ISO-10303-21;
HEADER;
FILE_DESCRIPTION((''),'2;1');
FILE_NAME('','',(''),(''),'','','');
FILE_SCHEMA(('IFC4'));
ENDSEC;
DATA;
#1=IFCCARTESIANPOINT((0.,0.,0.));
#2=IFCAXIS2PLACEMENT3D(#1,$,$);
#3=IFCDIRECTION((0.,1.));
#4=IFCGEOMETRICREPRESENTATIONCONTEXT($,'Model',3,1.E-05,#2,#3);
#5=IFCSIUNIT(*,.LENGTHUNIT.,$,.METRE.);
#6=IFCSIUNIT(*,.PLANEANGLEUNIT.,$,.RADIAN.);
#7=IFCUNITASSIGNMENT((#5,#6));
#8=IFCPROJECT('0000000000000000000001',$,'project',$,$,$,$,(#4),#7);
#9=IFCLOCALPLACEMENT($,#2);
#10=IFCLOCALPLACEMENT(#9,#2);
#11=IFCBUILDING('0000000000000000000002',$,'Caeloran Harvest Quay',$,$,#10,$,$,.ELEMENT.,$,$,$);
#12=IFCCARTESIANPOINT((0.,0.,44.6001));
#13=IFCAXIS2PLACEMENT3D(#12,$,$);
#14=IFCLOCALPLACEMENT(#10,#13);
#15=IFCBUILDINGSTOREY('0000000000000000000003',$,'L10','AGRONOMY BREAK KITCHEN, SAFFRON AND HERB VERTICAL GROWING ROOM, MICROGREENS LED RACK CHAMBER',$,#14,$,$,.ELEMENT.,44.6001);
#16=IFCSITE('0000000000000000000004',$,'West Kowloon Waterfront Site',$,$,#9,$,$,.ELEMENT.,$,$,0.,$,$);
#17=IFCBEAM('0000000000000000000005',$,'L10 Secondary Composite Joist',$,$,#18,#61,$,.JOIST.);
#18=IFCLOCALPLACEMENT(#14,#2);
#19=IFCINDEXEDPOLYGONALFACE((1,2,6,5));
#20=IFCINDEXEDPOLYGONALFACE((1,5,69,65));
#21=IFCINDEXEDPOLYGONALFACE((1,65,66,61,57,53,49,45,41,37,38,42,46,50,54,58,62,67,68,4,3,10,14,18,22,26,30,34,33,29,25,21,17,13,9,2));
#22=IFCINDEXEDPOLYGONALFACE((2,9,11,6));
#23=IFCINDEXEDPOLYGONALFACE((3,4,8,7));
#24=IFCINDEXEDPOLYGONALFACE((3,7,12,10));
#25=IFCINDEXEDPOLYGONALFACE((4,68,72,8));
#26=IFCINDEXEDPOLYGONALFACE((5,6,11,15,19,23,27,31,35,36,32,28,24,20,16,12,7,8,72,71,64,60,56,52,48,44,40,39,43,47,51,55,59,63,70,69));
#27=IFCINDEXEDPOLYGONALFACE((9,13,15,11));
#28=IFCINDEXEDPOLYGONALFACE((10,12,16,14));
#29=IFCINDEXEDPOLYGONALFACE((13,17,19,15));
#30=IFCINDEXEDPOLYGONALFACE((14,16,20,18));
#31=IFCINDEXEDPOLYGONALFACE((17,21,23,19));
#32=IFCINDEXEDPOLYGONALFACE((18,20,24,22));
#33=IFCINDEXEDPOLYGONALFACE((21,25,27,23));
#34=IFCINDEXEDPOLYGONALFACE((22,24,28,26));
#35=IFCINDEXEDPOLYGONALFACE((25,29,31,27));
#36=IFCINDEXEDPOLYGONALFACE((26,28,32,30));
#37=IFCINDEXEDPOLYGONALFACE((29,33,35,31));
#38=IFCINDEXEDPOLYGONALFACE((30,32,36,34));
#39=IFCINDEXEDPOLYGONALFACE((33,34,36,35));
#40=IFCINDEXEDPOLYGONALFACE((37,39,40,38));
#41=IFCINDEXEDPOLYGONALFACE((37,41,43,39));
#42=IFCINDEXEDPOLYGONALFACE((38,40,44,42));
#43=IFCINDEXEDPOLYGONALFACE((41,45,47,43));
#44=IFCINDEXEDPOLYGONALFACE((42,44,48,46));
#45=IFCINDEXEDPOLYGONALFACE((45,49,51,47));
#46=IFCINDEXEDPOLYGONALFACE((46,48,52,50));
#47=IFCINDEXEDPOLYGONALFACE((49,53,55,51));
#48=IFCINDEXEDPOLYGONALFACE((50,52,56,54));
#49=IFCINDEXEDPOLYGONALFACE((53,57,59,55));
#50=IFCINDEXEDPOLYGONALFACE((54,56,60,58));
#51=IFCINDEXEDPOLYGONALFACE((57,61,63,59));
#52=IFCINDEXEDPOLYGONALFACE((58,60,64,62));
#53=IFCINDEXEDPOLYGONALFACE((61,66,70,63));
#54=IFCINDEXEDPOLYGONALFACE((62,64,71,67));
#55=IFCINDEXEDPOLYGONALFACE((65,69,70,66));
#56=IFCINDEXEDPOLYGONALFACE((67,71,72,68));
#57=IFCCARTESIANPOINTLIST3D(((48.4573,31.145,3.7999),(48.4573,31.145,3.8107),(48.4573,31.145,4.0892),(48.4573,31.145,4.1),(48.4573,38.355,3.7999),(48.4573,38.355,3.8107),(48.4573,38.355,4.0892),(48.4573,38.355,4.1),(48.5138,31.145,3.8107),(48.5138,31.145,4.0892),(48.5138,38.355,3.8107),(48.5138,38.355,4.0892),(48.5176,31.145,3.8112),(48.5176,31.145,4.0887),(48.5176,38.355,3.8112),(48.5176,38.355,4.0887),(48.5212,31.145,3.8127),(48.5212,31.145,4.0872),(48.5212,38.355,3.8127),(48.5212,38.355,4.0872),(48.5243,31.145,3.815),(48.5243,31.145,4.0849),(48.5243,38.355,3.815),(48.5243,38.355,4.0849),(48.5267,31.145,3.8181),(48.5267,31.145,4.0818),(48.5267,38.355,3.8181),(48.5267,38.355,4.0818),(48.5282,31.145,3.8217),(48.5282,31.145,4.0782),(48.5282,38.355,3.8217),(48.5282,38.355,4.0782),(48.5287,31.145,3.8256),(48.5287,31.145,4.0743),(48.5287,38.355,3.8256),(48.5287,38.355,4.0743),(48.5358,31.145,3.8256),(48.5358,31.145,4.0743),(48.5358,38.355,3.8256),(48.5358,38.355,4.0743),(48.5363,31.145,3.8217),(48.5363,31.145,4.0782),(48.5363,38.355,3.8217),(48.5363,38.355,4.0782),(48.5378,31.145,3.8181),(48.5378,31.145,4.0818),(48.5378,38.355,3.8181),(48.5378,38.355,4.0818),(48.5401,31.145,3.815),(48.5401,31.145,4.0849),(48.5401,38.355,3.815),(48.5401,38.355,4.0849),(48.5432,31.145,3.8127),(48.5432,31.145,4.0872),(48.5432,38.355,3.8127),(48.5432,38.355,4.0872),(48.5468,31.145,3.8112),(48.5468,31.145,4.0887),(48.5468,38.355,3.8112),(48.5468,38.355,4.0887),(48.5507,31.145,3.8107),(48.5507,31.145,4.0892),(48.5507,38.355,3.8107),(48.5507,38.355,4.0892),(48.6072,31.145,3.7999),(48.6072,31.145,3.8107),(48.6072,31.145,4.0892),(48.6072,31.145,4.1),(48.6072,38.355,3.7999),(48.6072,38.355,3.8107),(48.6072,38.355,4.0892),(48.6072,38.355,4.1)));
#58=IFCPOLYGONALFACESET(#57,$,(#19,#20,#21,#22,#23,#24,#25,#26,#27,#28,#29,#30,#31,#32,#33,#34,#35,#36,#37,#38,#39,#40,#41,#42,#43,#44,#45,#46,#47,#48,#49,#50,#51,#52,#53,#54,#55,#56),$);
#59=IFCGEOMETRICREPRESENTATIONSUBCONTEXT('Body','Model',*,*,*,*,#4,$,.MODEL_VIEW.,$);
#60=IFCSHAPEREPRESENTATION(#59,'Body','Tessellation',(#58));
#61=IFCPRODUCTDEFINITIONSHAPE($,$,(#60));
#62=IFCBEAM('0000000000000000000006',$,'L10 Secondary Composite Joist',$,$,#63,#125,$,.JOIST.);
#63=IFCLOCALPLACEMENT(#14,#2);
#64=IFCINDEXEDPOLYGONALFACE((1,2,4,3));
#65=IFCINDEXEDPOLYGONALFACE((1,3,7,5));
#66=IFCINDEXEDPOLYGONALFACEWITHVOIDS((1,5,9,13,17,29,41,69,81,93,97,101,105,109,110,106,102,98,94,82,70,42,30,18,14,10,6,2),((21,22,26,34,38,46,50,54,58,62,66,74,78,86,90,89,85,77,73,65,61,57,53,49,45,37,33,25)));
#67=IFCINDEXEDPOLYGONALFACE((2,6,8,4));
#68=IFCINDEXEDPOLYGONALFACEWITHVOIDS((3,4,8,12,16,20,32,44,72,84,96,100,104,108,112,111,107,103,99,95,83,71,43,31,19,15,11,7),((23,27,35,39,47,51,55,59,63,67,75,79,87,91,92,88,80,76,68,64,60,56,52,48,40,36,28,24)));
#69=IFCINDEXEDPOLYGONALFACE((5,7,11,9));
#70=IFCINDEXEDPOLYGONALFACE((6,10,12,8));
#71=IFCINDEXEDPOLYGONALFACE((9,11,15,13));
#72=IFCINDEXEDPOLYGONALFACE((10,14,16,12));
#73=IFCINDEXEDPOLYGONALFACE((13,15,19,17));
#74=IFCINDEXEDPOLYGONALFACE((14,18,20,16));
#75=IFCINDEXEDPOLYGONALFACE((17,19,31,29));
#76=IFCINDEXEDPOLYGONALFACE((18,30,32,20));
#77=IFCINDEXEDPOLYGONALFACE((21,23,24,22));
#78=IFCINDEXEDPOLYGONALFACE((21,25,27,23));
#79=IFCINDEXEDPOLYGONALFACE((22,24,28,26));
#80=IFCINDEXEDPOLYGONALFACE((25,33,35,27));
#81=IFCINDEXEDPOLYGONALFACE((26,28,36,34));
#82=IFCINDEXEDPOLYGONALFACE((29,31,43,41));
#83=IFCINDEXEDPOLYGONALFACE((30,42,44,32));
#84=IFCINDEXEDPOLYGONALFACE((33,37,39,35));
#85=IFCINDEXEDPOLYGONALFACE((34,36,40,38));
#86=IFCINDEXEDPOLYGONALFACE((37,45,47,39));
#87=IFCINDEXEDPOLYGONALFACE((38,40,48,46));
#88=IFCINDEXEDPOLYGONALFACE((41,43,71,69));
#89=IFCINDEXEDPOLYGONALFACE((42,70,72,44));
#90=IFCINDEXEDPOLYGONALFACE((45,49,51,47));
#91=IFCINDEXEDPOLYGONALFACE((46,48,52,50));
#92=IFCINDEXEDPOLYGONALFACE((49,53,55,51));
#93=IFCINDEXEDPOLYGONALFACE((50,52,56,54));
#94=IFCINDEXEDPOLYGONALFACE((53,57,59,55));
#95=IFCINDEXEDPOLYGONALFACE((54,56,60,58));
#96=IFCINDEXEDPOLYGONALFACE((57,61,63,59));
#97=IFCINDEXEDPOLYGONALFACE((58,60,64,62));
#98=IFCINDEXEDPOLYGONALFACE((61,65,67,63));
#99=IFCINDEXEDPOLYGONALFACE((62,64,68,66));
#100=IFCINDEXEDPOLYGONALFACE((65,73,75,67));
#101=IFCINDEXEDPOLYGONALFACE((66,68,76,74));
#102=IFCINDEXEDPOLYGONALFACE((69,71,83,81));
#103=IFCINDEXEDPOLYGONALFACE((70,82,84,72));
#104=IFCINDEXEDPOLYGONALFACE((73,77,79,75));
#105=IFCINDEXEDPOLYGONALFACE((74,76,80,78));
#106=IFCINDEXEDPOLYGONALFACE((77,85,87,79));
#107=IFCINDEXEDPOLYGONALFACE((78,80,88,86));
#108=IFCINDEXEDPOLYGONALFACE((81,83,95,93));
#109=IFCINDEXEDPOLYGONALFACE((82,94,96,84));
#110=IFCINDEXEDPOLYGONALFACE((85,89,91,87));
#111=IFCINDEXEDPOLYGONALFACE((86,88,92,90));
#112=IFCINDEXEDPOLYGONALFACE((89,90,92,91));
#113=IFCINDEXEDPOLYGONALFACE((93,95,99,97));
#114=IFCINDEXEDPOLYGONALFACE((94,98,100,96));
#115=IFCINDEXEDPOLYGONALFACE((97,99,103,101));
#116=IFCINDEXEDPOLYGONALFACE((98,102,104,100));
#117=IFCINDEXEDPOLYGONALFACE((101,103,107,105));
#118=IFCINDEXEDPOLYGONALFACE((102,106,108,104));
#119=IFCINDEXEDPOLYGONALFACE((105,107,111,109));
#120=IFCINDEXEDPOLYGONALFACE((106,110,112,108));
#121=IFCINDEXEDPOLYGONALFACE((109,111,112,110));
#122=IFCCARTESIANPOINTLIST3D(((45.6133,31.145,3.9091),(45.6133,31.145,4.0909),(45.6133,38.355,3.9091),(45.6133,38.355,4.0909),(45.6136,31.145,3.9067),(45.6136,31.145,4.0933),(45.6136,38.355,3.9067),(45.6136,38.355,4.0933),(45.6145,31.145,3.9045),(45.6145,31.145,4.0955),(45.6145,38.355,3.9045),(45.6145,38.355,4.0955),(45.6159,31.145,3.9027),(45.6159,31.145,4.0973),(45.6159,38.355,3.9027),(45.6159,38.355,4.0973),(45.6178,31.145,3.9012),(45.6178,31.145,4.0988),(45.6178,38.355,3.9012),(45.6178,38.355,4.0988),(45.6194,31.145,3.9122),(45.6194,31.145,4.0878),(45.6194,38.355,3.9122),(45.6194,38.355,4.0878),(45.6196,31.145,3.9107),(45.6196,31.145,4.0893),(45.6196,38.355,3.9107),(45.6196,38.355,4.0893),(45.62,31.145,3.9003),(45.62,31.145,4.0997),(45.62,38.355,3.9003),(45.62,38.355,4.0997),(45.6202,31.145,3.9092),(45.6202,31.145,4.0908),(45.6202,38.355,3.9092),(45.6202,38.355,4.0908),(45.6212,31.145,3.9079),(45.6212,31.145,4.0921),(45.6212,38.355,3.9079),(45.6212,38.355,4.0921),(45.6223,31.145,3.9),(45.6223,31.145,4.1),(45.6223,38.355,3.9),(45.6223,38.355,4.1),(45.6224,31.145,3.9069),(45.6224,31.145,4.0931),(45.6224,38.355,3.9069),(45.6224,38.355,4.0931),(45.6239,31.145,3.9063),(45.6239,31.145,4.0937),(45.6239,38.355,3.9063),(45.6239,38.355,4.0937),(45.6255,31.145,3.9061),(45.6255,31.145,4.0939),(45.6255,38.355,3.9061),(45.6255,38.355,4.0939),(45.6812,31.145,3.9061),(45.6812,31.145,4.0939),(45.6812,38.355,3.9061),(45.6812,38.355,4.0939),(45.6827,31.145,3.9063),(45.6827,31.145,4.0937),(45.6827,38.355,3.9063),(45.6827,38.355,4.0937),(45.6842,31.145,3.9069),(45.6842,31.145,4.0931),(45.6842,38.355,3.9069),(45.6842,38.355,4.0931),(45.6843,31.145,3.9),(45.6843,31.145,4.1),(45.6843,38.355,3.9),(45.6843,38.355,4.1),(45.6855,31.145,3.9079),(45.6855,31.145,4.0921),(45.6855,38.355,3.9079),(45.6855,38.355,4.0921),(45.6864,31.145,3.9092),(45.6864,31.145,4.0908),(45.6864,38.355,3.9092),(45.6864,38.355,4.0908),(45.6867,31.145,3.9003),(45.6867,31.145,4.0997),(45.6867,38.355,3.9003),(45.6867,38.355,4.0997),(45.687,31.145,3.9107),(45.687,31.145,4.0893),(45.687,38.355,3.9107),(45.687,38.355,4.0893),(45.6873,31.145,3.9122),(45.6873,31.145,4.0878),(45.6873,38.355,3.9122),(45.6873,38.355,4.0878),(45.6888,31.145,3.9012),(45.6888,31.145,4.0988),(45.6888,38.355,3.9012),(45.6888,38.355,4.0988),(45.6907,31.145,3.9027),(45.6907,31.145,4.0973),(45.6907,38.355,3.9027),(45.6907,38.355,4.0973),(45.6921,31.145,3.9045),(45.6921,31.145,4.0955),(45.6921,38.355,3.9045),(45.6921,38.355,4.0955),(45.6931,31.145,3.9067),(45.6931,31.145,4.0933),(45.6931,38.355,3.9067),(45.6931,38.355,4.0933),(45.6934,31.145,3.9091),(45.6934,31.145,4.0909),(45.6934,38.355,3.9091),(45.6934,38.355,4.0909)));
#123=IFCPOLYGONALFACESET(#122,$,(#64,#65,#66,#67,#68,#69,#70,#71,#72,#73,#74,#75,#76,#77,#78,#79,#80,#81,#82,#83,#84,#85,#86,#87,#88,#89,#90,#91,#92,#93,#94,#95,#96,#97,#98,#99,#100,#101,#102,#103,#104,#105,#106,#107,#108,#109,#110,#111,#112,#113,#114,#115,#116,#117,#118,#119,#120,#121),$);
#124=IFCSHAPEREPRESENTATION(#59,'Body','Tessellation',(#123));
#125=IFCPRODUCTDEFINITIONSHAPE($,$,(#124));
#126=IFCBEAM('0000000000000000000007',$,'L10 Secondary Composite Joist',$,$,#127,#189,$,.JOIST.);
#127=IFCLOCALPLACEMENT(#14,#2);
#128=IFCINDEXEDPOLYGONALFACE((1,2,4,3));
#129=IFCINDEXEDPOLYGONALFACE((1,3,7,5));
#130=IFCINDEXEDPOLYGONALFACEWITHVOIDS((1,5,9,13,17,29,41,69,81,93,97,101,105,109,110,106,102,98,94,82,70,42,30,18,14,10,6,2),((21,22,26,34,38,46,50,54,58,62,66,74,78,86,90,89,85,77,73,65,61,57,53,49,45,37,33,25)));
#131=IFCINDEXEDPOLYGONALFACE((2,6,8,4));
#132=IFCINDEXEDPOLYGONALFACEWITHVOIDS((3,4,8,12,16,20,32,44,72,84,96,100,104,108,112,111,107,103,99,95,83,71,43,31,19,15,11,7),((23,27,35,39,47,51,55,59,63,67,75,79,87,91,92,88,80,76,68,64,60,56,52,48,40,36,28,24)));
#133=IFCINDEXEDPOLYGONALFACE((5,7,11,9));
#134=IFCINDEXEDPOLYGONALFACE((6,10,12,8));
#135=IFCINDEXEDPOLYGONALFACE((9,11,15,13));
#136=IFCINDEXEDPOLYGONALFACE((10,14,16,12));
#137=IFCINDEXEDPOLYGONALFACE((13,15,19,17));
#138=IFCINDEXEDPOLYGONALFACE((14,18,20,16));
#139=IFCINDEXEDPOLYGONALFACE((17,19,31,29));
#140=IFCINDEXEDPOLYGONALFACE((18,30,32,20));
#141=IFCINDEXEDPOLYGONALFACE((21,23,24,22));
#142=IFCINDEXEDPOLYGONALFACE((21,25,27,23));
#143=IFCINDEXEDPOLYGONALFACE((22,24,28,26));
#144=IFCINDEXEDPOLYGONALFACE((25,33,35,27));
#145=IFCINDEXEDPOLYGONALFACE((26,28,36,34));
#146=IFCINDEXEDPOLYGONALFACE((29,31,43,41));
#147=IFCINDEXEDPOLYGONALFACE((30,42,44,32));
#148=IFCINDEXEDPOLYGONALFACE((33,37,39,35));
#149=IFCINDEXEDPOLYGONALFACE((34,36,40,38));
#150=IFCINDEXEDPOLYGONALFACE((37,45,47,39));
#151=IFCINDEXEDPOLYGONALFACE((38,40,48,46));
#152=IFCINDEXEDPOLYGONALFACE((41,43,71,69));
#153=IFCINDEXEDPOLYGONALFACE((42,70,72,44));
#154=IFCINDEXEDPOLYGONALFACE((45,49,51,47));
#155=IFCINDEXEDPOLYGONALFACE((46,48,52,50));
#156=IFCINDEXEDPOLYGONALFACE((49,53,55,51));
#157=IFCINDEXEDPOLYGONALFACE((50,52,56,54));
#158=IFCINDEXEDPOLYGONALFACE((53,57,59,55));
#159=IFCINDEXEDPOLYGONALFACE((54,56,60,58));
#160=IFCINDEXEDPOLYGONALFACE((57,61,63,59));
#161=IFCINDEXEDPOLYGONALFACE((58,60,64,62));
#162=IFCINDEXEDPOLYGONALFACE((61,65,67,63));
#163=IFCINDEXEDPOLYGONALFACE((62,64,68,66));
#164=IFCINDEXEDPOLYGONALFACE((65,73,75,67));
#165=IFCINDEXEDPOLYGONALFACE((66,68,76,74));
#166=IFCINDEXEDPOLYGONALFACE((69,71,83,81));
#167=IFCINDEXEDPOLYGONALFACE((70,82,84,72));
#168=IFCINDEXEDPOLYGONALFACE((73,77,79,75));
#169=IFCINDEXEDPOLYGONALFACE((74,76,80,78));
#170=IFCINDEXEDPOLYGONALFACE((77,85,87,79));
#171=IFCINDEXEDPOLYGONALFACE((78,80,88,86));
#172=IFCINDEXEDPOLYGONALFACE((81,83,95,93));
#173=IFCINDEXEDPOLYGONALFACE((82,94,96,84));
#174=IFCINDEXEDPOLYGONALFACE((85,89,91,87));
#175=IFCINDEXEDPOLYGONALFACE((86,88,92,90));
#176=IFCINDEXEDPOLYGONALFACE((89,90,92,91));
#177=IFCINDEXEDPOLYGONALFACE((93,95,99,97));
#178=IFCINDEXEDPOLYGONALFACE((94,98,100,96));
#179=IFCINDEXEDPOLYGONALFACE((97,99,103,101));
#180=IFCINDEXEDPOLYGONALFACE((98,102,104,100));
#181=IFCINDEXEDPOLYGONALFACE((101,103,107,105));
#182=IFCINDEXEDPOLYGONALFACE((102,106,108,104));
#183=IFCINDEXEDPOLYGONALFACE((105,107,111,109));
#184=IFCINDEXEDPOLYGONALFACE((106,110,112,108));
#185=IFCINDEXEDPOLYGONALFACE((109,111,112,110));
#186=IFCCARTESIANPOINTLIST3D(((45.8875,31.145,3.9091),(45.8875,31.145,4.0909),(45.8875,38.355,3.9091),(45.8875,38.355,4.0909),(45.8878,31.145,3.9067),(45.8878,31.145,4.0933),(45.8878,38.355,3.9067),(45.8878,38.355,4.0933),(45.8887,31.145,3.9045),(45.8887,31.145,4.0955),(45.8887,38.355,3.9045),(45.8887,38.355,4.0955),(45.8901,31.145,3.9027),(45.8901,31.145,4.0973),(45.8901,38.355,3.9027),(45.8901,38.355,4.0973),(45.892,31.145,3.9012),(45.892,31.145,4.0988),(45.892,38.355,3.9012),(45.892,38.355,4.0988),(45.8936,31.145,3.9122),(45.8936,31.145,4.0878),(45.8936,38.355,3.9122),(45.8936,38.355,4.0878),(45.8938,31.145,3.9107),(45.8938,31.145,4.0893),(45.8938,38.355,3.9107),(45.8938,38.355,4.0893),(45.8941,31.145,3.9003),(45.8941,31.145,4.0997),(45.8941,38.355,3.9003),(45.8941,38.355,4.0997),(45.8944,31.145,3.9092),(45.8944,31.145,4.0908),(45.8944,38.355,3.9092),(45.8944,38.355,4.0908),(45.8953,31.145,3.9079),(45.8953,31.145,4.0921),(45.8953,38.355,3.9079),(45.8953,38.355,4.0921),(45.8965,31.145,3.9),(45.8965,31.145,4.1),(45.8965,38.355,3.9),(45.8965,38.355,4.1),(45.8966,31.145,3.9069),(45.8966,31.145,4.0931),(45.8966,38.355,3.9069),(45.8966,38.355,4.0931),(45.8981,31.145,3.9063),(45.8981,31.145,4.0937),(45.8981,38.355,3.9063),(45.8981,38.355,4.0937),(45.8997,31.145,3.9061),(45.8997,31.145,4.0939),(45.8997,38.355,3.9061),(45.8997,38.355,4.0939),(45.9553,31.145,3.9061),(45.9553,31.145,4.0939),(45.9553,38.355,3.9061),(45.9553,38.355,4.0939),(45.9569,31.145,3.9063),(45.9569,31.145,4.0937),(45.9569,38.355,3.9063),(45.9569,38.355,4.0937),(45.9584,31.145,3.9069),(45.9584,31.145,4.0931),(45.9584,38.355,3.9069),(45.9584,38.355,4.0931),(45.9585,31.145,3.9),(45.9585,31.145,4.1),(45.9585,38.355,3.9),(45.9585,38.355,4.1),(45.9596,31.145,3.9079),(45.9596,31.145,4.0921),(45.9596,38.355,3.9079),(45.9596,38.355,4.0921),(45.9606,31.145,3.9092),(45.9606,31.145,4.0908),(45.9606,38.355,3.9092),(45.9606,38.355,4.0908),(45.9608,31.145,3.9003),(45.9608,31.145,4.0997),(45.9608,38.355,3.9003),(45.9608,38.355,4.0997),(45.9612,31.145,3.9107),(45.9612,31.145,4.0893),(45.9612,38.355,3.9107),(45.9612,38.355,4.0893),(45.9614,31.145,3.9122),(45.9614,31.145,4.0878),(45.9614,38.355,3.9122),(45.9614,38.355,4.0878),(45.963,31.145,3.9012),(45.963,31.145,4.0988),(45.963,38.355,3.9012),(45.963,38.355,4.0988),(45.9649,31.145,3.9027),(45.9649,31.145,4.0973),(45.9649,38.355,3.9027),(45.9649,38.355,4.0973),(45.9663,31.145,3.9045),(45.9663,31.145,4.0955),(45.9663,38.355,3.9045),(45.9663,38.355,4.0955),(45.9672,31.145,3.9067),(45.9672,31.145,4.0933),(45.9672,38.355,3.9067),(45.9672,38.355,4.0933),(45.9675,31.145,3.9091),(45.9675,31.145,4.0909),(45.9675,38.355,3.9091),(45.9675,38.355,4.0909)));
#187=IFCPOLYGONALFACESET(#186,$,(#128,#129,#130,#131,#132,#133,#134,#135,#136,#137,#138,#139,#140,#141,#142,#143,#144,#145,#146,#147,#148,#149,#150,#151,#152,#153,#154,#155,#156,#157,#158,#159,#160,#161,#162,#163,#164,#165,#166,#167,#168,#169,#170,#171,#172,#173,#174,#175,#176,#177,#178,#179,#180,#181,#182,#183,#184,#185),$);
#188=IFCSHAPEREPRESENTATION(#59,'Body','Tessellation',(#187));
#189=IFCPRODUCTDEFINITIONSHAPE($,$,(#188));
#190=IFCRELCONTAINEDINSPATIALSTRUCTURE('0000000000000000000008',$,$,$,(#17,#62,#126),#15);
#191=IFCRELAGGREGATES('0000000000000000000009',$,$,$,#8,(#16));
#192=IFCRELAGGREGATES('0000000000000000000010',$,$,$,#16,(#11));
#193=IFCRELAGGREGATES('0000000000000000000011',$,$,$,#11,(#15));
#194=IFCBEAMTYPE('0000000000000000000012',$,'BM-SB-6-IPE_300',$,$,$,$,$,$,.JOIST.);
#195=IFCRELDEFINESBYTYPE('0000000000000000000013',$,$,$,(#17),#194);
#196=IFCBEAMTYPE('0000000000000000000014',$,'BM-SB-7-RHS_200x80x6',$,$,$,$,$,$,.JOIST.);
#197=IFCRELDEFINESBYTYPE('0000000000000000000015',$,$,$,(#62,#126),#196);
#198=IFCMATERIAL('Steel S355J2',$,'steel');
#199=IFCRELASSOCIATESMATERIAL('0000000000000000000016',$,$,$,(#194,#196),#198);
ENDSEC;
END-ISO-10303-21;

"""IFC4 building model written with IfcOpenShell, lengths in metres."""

from ifc_helpers import new_model, si_unit, direction, frame, origin, origin_2d, place, context, subcontext, project, spatial, hollow_rectangle, i_section, extrude, material, material_profile, profile_set, type_object, element, save


model = new_model("IFC4")

# Units and contexts
model_context = context("Model", 3, precision=1e-05, world=origin(), true_north=direction((0.0, 1.0)))
body_context = subcontext(model_context, "Body", "Model", "MODEL_VIEW")
ifc_project = project(units=[si_unit("LENGTHUNIT", "METRE"), si_unit("PLANEANGLEUNIT", "RADIAN")], contexts=[model_context])

# Site, building, storey
site_placement = place(None, origin())
site = spatial("IfcSite", under=ifc_project, at=site_placement, Name="West Kowloon Waterfront Site", CompositionType="ELEMENT", RefElevation=0.0)
building_placement = place(site_placement, origin())
building = spatial("IfcBuilding", under=site, at=building_placement, Name="Caeloran Harvest Quay", CompositionType="ELEMENT")
storey_placement = place(building_placement, frame((0.0, 0.0, 44.6001)))
storey = spatial("IfcBuildingStorey", under=building, at=storey_placement, Name="L10", Description="AGRONOMY BREAK KITCHEN, SAFFRON AND HERB VERTICAL GROWING ROOM, MICROGREENS LED RACK CHAMBER", CompositionType="ELEMENT", Elevation=44.6001)

# Beams
ifc_material_1 = material(Name="Steel S355J2", Category="steel")
ifc_material_profile_1 = material_profile(ifc_material_1, i_section(OverallWidth=0.1499, OverallDepth=0.3, WebThickness=0.0071, FlangeThickness=0.0107, FilletRadius=0.0149, at=origin_2d()), Name="IPE 300")
ifc_profile_set_1 = profile_set([ifc_material_profile_1], Name="Steel S355J2")
beam_type_1 = type_object("IfcBeamType", Name="BM-SB-6-IPE_300", PredefinedType="JOIST", material=ifc_profile_set_1)
for number, where, z_axis, x_axis, name in (
    (1, (48.5322, 31.145, 3.95), (0.0, 1.0, 0.0), (-1.0, 0.0, 0.0), "L10 Secondary Composite Joist"),
):
    element("IfcBeam", number, at=place(storey_placement, frame(where, z_axis=z_axis, x_axis=x_axis)), inside=storey, type_object=beam_type_1, Name=name, PredefinedType="JOIST", context=body_context, shape_type="SweptSolid", body=[
        extrude(i_section(OverallWidth=0.1499, OverallDepth=0.3, WebThickness=0.0071, FlangeThickness=0.0107, FilletRadius=0.0149, at=origin_2d()), origin(), (0.0, 0.0, 1.0), 7.21),
    ])
ifc_material_profile_2 = material_profile(ifc_material_1, hollow_rectangle(XDim=0.0801, YDim=0.2, WallThickness=0.0061, InnerFilletRadius=0.0061, OuterFilletRadius=0.009, at=origin_2d()), Name="RHS 200x80x6")
ifc_profile_set_2 = profile_set([ifc_material_profile_2], Name="Steel S355J2")
beam_type_2 = type_object("IfcBeamType", Name="BM-SB-7-RHS_200x80x6", PredefinedType="JOIST", material=ifc_profile_set_2)
for number, where, z_axis, x_axis, name in (
    (2, (45.6533, 31.145, 4.0), (0.0, 1.0, 0.0), (-1.0, 0.0, 0.0), "L10 Secondary Composite Joist"),
    (3, (45.9275, 31.145, 4.0), (0.0, 1.0, 0.0), (-1.0, 0.0, 0.0), "L10 Secondary Composite Joist"),
):
    element("IfcBeam", number, at=place(storey_placement, frame(where, z_axis=z_axis, x_axis=x_axis)), inside=storey, type_object=beam_type_2, Name=name, PredefinedType="JOIST", context=body_context, shape_type="SweptSolid", body=[
        extrude(hollow_rectangle(XDim=0.0801, YDim=0.2, WallThickness=0.0061, InnerFilletRadius=0.0061, OuterFilletRadius=0.009, at=origin_2d()), origin(), (0.0, 0.0, 1.0), 7.21),
    ])

save(model, "model.ifc")
